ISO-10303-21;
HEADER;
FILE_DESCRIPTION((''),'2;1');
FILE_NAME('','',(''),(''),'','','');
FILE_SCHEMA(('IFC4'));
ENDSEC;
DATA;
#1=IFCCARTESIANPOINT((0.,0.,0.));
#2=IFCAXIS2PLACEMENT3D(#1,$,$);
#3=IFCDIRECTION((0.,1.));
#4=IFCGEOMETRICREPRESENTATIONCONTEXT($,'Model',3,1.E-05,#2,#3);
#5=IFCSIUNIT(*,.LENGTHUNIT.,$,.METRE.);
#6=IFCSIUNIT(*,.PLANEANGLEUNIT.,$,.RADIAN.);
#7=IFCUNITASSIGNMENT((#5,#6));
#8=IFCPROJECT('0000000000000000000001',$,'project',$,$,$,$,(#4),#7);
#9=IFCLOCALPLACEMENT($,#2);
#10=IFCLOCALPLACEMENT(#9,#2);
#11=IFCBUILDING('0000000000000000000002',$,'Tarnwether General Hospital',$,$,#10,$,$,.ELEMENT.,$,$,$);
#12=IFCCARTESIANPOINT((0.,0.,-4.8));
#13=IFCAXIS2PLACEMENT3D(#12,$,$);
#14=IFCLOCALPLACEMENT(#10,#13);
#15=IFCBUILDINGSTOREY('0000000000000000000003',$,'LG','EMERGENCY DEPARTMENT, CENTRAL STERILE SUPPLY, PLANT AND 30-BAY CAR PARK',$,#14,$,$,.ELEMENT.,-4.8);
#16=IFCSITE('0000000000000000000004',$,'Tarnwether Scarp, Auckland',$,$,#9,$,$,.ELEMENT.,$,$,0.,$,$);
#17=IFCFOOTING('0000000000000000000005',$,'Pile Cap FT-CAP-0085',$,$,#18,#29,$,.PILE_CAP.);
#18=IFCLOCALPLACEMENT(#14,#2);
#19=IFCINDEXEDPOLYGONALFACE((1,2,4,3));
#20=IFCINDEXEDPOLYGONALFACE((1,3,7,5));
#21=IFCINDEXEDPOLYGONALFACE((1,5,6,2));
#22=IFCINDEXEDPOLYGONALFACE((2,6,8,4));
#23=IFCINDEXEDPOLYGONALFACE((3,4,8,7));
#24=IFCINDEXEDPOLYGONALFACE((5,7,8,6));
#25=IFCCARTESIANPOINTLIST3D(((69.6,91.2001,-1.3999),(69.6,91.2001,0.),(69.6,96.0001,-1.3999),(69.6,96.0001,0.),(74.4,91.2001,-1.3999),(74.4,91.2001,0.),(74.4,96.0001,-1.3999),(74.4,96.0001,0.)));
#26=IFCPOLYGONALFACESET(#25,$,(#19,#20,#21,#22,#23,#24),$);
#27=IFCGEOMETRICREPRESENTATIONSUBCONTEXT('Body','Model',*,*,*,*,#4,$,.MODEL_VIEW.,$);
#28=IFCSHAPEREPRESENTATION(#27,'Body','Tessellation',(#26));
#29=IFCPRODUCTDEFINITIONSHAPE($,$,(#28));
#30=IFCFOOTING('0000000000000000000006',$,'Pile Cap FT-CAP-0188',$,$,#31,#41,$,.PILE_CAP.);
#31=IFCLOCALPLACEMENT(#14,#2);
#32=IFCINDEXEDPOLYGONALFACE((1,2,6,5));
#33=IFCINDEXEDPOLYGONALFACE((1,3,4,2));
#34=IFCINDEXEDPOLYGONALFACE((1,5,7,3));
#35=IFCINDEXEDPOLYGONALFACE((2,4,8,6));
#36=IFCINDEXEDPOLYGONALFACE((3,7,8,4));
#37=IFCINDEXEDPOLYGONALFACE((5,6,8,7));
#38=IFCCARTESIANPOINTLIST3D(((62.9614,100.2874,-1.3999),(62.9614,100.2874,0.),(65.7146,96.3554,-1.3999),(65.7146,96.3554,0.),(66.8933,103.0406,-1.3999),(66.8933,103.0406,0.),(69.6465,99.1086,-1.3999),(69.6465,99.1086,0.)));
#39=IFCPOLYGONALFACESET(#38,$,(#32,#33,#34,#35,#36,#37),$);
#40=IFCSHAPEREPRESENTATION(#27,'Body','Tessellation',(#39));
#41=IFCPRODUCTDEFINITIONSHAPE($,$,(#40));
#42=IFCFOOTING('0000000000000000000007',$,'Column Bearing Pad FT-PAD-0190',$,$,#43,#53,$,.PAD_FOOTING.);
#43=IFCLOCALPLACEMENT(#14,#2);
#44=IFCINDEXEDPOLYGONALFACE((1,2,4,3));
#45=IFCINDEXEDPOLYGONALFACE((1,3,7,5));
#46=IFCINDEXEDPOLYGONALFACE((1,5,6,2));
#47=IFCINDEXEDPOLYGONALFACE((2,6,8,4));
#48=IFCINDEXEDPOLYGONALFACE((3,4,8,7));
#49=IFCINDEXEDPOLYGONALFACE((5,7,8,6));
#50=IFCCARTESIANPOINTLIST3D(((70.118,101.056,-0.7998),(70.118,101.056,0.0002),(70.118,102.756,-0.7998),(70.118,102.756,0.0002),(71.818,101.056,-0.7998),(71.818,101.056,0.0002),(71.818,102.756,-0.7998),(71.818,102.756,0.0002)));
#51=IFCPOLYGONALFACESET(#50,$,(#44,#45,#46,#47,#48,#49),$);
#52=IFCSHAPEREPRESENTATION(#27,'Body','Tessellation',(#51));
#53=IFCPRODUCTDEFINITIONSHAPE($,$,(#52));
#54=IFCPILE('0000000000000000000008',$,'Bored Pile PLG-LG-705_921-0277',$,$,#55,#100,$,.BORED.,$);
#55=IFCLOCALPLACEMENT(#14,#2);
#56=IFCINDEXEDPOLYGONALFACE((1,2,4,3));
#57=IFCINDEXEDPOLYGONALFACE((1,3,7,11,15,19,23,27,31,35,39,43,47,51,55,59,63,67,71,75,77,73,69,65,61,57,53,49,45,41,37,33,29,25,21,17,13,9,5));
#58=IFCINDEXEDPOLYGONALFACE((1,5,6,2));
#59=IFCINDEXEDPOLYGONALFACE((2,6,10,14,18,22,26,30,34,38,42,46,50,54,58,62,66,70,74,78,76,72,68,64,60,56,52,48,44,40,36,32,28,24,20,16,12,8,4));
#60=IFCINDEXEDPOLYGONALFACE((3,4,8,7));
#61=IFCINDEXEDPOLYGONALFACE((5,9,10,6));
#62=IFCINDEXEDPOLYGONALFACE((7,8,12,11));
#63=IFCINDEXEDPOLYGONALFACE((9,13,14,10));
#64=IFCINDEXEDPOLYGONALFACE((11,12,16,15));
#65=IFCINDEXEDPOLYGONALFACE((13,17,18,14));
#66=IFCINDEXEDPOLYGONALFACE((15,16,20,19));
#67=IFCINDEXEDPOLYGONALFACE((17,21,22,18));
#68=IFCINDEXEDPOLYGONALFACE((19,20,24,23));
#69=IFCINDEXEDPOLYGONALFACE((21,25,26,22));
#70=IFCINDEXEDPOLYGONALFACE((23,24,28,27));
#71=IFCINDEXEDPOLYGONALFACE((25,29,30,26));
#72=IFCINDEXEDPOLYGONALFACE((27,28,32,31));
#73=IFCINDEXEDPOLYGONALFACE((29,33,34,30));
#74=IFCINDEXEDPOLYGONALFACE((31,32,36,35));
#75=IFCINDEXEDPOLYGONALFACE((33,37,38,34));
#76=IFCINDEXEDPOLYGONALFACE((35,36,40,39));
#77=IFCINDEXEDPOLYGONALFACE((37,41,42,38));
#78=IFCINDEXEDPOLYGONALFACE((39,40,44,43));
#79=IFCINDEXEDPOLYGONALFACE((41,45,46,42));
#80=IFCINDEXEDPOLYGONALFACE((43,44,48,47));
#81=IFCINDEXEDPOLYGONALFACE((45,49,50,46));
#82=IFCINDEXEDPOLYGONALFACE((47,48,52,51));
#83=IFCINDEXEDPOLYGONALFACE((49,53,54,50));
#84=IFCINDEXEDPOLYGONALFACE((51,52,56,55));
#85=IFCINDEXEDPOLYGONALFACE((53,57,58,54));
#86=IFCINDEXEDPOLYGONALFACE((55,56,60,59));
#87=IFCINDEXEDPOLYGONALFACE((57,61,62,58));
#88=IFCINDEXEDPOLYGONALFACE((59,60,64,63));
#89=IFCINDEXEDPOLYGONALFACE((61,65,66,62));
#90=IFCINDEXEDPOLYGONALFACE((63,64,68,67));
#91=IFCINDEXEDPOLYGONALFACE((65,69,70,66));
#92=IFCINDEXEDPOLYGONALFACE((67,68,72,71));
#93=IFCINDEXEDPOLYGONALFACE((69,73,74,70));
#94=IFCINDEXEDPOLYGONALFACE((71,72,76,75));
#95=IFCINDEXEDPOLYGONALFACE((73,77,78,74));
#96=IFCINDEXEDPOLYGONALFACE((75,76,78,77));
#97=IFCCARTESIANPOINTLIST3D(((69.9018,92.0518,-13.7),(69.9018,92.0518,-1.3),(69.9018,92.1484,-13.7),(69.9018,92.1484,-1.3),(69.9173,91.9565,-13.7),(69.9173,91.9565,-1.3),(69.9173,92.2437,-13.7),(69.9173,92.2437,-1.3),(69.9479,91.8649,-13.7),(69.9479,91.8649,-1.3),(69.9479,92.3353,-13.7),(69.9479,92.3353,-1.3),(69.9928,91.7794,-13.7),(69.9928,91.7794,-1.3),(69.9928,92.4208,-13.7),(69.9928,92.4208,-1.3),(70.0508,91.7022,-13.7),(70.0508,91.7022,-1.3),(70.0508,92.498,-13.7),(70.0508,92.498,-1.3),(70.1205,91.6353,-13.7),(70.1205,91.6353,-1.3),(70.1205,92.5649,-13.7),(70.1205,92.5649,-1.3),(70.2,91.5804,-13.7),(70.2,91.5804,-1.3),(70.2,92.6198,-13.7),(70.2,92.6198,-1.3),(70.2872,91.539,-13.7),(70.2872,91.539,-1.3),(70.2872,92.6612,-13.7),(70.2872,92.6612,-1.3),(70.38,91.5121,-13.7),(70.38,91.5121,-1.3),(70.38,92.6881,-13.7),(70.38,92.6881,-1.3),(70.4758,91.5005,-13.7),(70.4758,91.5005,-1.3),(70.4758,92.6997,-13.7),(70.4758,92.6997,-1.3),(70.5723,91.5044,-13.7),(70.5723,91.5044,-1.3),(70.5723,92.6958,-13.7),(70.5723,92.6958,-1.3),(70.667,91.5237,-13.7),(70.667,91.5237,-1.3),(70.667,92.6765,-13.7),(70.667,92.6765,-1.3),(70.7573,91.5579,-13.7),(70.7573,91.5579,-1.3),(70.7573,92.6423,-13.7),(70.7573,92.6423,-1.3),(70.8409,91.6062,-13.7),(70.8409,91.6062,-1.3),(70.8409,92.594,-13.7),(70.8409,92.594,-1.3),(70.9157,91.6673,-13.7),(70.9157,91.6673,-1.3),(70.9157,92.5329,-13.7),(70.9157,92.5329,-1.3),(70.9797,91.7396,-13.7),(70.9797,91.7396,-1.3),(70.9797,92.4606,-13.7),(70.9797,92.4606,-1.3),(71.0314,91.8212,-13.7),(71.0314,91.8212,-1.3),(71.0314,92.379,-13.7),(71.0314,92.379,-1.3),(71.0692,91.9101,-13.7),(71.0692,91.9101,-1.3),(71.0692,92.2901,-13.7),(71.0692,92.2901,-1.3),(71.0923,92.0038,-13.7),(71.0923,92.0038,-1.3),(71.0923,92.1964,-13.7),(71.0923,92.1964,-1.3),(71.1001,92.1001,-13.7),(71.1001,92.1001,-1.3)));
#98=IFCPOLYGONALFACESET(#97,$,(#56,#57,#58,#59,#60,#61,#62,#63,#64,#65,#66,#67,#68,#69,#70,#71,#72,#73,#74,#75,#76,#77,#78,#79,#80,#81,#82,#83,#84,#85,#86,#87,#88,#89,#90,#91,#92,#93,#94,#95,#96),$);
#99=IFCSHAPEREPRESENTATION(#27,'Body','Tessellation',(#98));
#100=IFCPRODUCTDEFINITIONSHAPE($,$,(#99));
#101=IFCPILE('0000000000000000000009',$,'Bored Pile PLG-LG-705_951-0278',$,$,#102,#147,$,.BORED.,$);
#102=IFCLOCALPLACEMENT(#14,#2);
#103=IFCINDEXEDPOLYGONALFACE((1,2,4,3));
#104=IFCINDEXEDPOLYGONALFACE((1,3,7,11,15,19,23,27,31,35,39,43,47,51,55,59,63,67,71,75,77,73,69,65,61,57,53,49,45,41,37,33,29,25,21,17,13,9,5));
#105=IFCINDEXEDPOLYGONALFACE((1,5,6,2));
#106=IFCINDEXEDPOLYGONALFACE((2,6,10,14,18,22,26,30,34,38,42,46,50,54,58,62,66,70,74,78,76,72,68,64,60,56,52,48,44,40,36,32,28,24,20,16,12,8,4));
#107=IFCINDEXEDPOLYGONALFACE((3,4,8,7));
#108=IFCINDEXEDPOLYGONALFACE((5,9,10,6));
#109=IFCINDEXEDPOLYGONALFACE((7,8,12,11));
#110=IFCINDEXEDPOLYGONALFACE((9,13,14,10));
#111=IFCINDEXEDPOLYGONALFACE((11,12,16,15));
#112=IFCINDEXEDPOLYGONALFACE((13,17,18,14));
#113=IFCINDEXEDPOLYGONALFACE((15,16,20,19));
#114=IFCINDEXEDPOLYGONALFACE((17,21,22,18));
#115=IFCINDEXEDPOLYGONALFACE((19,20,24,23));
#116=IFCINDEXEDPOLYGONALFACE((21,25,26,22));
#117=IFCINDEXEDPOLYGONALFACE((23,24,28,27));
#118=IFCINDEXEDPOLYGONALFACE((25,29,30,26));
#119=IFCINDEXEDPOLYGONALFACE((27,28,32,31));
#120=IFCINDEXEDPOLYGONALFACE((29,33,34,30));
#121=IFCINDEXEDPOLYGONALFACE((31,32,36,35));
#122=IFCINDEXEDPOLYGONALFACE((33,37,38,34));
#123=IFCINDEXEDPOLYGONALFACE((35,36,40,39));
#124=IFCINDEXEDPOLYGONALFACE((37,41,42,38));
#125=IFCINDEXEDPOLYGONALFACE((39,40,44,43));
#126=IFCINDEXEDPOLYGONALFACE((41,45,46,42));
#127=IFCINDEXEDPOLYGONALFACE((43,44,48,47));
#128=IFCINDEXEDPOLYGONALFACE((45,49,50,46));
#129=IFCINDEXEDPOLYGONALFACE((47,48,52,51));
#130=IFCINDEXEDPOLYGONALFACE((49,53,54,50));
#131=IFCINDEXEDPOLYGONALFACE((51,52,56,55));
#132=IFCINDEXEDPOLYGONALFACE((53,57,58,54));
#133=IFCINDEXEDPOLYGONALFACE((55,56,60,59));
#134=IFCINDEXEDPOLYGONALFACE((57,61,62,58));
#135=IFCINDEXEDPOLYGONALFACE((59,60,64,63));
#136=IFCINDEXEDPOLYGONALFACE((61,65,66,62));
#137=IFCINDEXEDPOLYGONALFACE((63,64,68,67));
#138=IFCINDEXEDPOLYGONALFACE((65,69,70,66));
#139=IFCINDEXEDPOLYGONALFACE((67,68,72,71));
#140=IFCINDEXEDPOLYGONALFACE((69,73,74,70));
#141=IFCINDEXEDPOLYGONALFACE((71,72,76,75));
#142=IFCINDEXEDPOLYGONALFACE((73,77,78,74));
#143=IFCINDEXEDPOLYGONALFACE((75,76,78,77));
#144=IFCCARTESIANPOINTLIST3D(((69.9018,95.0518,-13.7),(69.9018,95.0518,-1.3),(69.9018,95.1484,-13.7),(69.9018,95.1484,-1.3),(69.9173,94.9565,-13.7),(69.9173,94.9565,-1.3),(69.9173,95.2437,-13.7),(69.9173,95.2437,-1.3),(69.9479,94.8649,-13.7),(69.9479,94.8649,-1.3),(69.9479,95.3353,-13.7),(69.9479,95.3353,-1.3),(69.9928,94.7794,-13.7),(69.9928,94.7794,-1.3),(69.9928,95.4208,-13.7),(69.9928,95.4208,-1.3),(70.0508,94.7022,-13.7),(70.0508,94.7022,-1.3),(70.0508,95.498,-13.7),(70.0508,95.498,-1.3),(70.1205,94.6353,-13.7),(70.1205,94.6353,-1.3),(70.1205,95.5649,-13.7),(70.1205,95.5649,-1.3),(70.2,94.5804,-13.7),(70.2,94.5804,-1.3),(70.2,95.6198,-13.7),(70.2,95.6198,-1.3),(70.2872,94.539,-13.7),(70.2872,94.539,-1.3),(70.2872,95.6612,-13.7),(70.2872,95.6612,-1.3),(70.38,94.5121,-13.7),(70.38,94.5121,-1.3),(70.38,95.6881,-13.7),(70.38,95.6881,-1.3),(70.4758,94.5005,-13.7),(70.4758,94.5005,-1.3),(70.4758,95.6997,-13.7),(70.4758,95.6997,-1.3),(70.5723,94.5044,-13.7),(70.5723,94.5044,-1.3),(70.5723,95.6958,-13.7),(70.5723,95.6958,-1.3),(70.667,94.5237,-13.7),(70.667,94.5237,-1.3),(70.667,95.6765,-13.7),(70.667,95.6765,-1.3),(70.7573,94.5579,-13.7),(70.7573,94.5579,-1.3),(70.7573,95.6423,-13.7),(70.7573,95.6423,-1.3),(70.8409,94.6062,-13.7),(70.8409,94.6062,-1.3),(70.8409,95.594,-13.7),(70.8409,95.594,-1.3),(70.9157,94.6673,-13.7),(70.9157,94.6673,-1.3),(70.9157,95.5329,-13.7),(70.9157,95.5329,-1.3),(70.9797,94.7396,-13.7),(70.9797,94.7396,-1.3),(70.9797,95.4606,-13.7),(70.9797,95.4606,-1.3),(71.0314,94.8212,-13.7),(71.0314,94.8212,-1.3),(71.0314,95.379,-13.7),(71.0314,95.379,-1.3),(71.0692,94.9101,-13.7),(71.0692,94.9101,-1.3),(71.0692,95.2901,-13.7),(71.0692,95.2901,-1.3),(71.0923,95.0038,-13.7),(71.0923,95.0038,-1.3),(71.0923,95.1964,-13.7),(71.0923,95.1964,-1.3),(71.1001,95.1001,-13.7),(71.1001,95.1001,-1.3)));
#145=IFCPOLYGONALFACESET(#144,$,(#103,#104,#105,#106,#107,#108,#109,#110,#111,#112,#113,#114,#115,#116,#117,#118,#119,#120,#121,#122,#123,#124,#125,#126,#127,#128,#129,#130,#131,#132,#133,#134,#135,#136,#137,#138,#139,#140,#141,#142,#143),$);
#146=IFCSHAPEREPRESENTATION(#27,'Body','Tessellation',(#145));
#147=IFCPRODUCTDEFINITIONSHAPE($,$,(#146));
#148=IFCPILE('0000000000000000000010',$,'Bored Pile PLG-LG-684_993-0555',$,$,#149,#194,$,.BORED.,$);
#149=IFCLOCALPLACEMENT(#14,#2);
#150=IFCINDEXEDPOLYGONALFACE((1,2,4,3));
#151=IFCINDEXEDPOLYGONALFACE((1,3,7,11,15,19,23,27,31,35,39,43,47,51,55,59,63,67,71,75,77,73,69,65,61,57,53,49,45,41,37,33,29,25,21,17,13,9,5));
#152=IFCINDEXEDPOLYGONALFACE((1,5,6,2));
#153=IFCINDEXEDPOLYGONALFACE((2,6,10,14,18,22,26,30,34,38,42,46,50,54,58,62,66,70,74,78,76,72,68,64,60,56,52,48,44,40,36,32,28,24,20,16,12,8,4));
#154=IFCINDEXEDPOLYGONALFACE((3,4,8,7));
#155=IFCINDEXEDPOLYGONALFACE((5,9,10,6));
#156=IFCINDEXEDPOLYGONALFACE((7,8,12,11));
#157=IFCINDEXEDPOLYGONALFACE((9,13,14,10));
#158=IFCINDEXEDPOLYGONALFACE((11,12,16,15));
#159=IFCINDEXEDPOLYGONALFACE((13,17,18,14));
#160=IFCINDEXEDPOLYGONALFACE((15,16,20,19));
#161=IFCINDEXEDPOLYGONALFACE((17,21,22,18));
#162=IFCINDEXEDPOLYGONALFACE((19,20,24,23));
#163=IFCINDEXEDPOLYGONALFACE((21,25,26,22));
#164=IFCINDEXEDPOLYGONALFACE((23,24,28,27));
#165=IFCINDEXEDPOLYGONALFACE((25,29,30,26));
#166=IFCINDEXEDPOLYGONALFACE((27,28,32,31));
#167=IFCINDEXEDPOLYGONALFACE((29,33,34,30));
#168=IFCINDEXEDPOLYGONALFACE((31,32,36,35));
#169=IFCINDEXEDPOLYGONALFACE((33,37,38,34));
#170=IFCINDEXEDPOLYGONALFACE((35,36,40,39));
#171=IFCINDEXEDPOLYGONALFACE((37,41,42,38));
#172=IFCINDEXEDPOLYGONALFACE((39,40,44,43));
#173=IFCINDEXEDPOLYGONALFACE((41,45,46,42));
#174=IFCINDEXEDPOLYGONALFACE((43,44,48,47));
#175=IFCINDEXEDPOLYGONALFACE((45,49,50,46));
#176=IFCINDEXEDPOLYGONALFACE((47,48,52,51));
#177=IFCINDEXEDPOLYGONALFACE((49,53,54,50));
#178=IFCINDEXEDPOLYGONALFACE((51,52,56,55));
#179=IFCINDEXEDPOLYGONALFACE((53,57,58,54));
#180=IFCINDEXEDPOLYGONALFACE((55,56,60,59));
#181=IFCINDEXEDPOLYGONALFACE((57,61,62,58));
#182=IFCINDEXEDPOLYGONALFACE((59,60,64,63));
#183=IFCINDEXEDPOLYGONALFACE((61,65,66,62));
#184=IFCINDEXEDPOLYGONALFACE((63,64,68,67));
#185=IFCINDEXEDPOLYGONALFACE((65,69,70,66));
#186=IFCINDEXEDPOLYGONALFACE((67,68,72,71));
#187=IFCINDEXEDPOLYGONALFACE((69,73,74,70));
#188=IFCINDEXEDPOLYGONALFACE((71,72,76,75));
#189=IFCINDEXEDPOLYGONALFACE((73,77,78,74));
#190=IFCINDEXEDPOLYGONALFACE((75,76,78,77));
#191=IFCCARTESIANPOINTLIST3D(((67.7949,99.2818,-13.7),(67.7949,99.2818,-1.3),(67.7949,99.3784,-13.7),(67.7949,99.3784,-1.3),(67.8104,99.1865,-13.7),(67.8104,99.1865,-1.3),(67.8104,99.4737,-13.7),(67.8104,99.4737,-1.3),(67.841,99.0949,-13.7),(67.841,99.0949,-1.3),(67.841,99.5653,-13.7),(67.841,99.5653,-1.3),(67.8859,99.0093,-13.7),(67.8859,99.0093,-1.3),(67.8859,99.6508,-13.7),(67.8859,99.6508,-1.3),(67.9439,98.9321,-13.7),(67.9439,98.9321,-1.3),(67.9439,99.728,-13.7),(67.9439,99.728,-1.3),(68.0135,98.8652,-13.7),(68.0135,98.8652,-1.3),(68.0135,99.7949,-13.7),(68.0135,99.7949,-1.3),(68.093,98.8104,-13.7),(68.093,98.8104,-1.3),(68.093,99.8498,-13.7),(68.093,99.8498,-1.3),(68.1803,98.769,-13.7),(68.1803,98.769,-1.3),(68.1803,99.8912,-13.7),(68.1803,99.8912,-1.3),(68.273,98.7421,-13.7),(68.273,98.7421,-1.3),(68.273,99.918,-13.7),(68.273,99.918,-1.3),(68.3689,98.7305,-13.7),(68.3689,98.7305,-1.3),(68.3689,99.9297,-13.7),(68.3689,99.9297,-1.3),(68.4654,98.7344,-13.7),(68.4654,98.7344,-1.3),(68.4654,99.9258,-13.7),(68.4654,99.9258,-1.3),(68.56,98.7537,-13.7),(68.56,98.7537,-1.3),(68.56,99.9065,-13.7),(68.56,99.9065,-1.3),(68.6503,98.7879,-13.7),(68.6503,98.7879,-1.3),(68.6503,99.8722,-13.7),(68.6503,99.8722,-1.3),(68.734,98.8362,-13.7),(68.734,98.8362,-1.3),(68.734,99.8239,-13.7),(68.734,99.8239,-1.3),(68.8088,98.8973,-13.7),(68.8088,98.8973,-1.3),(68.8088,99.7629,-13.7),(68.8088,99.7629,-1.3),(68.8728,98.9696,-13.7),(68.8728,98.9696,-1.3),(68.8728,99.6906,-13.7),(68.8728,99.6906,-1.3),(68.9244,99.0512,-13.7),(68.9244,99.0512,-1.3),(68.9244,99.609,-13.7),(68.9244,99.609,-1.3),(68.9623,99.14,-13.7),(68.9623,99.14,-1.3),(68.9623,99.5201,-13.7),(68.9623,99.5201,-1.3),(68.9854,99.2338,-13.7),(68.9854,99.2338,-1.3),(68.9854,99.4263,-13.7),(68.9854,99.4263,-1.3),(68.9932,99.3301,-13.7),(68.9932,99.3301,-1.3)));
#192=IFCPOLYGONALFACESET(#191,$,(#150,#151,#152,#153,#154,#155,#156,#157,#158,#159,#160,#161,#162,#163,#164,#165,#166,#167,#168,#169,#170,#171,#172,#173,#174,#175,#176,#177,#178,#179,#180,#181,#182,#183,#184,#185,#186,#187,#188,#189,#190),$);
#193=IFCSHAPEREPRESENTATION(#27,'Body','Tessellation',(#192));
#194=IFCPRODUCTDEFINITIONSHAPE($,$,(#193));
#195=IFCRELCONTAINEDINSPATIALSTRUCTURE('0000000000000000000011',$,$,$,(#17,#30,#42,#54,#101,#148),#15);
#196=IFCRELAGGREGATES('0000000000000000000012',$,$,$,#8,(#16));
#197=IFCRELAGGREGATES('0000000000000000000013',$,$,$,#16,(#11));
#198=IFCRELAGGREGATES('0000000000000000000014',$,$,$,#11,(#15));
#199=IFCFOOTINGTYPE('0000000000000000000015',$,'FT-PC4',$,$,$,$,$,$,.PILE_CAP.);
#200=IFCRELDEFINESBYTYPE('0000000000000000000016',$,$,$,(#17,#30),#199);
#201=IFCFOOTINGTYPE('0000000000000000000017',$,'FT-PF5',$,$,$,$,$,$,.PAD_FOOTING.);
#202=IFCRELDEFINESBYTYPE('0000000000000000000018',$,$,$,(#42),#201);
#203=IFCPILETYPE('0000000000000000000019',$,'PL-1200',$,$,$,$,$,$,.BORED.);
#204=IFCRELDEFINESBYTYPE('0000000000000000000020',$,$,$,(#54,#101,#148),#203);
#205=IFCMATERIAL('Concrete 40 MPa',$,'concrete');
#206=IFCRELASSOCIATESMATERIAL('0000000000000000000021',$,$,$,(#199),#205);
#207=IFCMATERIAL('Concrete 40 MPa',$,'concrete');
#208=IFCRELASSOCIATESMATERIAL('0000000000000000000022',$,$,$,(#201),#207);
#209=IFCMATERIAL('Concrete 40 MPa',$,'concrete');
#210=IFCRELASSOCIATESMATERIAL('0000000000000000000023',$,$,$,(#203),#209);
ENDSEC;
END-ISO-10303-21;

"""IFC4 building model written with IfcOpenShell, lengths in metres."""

from ifc_helpers import new_model, si_unit, direction, frame, origin, origin_2d, place, context, subcontext, project, spatial, rectangle, circle, extrude, material, material_profile, profile_set, type_object, element, save


model = new_model("IFC4")

# Units and contexts
model_context = context("Model", 3, precision=1e-05, world=origin(), true_north=direction((0.0, 1.0)))
body_context = subcontext(model_context, "Body", "Model", "MODEL_VIEW")
ifc_project = project(units=[si_unit("LENGTHUNIT", "METRE"), si_unit("PLANEANGLEUNIT", "RADIAN")], contexts=[model_context])

# Site, building, storey
site_placement = place(None, origin())
site = spatial("IfcSite", under=ifc_project, at=site_placement, Name="Tarnwether Scarp, Auckland", CompositionType="ELEMENT", RefElevation=0.0)
building_placement = place(site_placement, origin())
building = spatial("IfcBuilding", under=site, at=building_placement, Name="Tarnwether General Hospital", CompositionType="ELEMENT")
storey_placement = place(building_placement, frame((0.0, 0.0, -4.8)))
storey = spatial("IfcBuildingStorey", under=building, at=storey_placement, Name="LG", Description="EMERGENCY DEPARTMENT, CENTRAL STERILE SUPPLY, PLANT AND 30-BAY CAR PARK", CompositionType="ELEMENT", Elevation=-4.8)

# Footings
ifc_material_1 = material(Name="Concrete 40 MPa", Category="concrete")
footing_type_1 = type_object("IfcFootingType", Name="FT-PC4", PredefinedType="PILE_CAP", material=ifc_material_1)
for number, where, z_axis, x_axis, name in (
    (1, (72.0, 93.6001, -1.3999), (0.0, 0.0, 1.0), (1.0, 0.0, 0.0), "Pile Cap FT-CAP-0085"),
    (2, (66.304, 99.698, -1.3999), (0.0, 0.0, 1.0), (-0.573576, 0.819152, 0.0), "Pile Cap FT-CAP-0188"),
):
    element("IfcFooting", number, at=place(storey_placement, frame(where, z_axis=z_axis, x_axis=x_axis)), inside=storey, type_object=footing_type_1, Name=name, PredefinedType="PILE_CAP", context=body_context, shape_type="SweptSolid", body=[
        extrude(rectangle(XDim=4.8, YDim=4.8, at=origin_2d()), origin(), (0.0, 0.0, 1.0), 1.3999),
    ])
ifc_material_2 = material(Name="Concrete 40 MPa", Category="concrete")
footing_type_2 = type_object("IfcFootingType", Name="FT-PF5", PredefinedType="PAD_FOOTING", material=ifc_material_2)
footing_placement = place(storey_placement, frame((70.968, 101.906, -0.7998), z_axis=(0.0, 0.0, 1.0), x_axis=(1.0, 0.0, 0.0)))
element("IfcFooting", 3, at=footing_placement, inside=storey, type_object=footing_type_2, Name="Column Bearing Pad FT-PAD-0190", PredefinedType="PAD_FOOTING", context=body_context, shape_type="SweptSolid", body=[
    extrude(rectangle(XDim=1.7, YDim=1.7, at=origin_2d()), origin(), (0.0, 0.0, 1.0), 0.8),
])

# Piles
ifc_material_3 = material(Name="Concrete 40 MPa", Category="concrete")
ifc_material_profile_1 = material_profile(ifc_material_3, circle(Radius=0.6001, at=origin_2d()), Name="PILE-D1200")
ifc_profile_set_1 = profile_set([ifc_material_profile_1], Name="Concrete 40 MPa")
pile_type_1 = type_object("IfcPileType", Name="PL-1200", PredefinedType="BORED", material=ifc_profile_set_1)
for number, where, z_axis, x_axis, name in (
    (4, (70.5, 92.1001, -1.3), (0.0, 0.0, -1.0), (1.0, 0.0, 0.0), "Bored Pile PLG-LG-705_921-0277"),
    (5, (70.5, 95.1001, -1.3), (0.0, 0.0, -1.0), (1.0, 0.0, 0.0), "Bored Pile PLG-LG-705_951-0278"),
    (6, (68.3931, 99.3301, -1.3), (0.0, 0.0, -1.0), (1.0, 0.0, 0.0), "Bored Pile PLG-LG-684_993-0555"),
):
    element("IfcPile", number, at=place(storey_placement, frame(where, z_axis=z_axis, x_axis=x_axis)), inside=storey, type_object=pile_type_1, Name=name, PredefinedType="BORED", context=body_context, shape_type="SweptSolid", body=[
        extrude(circle(Radius=0.6001, at=origin_2d()), origin(), (0.0, 0.0, 1.0), 12.3999),
    ])

save(model, "model.ifc")
